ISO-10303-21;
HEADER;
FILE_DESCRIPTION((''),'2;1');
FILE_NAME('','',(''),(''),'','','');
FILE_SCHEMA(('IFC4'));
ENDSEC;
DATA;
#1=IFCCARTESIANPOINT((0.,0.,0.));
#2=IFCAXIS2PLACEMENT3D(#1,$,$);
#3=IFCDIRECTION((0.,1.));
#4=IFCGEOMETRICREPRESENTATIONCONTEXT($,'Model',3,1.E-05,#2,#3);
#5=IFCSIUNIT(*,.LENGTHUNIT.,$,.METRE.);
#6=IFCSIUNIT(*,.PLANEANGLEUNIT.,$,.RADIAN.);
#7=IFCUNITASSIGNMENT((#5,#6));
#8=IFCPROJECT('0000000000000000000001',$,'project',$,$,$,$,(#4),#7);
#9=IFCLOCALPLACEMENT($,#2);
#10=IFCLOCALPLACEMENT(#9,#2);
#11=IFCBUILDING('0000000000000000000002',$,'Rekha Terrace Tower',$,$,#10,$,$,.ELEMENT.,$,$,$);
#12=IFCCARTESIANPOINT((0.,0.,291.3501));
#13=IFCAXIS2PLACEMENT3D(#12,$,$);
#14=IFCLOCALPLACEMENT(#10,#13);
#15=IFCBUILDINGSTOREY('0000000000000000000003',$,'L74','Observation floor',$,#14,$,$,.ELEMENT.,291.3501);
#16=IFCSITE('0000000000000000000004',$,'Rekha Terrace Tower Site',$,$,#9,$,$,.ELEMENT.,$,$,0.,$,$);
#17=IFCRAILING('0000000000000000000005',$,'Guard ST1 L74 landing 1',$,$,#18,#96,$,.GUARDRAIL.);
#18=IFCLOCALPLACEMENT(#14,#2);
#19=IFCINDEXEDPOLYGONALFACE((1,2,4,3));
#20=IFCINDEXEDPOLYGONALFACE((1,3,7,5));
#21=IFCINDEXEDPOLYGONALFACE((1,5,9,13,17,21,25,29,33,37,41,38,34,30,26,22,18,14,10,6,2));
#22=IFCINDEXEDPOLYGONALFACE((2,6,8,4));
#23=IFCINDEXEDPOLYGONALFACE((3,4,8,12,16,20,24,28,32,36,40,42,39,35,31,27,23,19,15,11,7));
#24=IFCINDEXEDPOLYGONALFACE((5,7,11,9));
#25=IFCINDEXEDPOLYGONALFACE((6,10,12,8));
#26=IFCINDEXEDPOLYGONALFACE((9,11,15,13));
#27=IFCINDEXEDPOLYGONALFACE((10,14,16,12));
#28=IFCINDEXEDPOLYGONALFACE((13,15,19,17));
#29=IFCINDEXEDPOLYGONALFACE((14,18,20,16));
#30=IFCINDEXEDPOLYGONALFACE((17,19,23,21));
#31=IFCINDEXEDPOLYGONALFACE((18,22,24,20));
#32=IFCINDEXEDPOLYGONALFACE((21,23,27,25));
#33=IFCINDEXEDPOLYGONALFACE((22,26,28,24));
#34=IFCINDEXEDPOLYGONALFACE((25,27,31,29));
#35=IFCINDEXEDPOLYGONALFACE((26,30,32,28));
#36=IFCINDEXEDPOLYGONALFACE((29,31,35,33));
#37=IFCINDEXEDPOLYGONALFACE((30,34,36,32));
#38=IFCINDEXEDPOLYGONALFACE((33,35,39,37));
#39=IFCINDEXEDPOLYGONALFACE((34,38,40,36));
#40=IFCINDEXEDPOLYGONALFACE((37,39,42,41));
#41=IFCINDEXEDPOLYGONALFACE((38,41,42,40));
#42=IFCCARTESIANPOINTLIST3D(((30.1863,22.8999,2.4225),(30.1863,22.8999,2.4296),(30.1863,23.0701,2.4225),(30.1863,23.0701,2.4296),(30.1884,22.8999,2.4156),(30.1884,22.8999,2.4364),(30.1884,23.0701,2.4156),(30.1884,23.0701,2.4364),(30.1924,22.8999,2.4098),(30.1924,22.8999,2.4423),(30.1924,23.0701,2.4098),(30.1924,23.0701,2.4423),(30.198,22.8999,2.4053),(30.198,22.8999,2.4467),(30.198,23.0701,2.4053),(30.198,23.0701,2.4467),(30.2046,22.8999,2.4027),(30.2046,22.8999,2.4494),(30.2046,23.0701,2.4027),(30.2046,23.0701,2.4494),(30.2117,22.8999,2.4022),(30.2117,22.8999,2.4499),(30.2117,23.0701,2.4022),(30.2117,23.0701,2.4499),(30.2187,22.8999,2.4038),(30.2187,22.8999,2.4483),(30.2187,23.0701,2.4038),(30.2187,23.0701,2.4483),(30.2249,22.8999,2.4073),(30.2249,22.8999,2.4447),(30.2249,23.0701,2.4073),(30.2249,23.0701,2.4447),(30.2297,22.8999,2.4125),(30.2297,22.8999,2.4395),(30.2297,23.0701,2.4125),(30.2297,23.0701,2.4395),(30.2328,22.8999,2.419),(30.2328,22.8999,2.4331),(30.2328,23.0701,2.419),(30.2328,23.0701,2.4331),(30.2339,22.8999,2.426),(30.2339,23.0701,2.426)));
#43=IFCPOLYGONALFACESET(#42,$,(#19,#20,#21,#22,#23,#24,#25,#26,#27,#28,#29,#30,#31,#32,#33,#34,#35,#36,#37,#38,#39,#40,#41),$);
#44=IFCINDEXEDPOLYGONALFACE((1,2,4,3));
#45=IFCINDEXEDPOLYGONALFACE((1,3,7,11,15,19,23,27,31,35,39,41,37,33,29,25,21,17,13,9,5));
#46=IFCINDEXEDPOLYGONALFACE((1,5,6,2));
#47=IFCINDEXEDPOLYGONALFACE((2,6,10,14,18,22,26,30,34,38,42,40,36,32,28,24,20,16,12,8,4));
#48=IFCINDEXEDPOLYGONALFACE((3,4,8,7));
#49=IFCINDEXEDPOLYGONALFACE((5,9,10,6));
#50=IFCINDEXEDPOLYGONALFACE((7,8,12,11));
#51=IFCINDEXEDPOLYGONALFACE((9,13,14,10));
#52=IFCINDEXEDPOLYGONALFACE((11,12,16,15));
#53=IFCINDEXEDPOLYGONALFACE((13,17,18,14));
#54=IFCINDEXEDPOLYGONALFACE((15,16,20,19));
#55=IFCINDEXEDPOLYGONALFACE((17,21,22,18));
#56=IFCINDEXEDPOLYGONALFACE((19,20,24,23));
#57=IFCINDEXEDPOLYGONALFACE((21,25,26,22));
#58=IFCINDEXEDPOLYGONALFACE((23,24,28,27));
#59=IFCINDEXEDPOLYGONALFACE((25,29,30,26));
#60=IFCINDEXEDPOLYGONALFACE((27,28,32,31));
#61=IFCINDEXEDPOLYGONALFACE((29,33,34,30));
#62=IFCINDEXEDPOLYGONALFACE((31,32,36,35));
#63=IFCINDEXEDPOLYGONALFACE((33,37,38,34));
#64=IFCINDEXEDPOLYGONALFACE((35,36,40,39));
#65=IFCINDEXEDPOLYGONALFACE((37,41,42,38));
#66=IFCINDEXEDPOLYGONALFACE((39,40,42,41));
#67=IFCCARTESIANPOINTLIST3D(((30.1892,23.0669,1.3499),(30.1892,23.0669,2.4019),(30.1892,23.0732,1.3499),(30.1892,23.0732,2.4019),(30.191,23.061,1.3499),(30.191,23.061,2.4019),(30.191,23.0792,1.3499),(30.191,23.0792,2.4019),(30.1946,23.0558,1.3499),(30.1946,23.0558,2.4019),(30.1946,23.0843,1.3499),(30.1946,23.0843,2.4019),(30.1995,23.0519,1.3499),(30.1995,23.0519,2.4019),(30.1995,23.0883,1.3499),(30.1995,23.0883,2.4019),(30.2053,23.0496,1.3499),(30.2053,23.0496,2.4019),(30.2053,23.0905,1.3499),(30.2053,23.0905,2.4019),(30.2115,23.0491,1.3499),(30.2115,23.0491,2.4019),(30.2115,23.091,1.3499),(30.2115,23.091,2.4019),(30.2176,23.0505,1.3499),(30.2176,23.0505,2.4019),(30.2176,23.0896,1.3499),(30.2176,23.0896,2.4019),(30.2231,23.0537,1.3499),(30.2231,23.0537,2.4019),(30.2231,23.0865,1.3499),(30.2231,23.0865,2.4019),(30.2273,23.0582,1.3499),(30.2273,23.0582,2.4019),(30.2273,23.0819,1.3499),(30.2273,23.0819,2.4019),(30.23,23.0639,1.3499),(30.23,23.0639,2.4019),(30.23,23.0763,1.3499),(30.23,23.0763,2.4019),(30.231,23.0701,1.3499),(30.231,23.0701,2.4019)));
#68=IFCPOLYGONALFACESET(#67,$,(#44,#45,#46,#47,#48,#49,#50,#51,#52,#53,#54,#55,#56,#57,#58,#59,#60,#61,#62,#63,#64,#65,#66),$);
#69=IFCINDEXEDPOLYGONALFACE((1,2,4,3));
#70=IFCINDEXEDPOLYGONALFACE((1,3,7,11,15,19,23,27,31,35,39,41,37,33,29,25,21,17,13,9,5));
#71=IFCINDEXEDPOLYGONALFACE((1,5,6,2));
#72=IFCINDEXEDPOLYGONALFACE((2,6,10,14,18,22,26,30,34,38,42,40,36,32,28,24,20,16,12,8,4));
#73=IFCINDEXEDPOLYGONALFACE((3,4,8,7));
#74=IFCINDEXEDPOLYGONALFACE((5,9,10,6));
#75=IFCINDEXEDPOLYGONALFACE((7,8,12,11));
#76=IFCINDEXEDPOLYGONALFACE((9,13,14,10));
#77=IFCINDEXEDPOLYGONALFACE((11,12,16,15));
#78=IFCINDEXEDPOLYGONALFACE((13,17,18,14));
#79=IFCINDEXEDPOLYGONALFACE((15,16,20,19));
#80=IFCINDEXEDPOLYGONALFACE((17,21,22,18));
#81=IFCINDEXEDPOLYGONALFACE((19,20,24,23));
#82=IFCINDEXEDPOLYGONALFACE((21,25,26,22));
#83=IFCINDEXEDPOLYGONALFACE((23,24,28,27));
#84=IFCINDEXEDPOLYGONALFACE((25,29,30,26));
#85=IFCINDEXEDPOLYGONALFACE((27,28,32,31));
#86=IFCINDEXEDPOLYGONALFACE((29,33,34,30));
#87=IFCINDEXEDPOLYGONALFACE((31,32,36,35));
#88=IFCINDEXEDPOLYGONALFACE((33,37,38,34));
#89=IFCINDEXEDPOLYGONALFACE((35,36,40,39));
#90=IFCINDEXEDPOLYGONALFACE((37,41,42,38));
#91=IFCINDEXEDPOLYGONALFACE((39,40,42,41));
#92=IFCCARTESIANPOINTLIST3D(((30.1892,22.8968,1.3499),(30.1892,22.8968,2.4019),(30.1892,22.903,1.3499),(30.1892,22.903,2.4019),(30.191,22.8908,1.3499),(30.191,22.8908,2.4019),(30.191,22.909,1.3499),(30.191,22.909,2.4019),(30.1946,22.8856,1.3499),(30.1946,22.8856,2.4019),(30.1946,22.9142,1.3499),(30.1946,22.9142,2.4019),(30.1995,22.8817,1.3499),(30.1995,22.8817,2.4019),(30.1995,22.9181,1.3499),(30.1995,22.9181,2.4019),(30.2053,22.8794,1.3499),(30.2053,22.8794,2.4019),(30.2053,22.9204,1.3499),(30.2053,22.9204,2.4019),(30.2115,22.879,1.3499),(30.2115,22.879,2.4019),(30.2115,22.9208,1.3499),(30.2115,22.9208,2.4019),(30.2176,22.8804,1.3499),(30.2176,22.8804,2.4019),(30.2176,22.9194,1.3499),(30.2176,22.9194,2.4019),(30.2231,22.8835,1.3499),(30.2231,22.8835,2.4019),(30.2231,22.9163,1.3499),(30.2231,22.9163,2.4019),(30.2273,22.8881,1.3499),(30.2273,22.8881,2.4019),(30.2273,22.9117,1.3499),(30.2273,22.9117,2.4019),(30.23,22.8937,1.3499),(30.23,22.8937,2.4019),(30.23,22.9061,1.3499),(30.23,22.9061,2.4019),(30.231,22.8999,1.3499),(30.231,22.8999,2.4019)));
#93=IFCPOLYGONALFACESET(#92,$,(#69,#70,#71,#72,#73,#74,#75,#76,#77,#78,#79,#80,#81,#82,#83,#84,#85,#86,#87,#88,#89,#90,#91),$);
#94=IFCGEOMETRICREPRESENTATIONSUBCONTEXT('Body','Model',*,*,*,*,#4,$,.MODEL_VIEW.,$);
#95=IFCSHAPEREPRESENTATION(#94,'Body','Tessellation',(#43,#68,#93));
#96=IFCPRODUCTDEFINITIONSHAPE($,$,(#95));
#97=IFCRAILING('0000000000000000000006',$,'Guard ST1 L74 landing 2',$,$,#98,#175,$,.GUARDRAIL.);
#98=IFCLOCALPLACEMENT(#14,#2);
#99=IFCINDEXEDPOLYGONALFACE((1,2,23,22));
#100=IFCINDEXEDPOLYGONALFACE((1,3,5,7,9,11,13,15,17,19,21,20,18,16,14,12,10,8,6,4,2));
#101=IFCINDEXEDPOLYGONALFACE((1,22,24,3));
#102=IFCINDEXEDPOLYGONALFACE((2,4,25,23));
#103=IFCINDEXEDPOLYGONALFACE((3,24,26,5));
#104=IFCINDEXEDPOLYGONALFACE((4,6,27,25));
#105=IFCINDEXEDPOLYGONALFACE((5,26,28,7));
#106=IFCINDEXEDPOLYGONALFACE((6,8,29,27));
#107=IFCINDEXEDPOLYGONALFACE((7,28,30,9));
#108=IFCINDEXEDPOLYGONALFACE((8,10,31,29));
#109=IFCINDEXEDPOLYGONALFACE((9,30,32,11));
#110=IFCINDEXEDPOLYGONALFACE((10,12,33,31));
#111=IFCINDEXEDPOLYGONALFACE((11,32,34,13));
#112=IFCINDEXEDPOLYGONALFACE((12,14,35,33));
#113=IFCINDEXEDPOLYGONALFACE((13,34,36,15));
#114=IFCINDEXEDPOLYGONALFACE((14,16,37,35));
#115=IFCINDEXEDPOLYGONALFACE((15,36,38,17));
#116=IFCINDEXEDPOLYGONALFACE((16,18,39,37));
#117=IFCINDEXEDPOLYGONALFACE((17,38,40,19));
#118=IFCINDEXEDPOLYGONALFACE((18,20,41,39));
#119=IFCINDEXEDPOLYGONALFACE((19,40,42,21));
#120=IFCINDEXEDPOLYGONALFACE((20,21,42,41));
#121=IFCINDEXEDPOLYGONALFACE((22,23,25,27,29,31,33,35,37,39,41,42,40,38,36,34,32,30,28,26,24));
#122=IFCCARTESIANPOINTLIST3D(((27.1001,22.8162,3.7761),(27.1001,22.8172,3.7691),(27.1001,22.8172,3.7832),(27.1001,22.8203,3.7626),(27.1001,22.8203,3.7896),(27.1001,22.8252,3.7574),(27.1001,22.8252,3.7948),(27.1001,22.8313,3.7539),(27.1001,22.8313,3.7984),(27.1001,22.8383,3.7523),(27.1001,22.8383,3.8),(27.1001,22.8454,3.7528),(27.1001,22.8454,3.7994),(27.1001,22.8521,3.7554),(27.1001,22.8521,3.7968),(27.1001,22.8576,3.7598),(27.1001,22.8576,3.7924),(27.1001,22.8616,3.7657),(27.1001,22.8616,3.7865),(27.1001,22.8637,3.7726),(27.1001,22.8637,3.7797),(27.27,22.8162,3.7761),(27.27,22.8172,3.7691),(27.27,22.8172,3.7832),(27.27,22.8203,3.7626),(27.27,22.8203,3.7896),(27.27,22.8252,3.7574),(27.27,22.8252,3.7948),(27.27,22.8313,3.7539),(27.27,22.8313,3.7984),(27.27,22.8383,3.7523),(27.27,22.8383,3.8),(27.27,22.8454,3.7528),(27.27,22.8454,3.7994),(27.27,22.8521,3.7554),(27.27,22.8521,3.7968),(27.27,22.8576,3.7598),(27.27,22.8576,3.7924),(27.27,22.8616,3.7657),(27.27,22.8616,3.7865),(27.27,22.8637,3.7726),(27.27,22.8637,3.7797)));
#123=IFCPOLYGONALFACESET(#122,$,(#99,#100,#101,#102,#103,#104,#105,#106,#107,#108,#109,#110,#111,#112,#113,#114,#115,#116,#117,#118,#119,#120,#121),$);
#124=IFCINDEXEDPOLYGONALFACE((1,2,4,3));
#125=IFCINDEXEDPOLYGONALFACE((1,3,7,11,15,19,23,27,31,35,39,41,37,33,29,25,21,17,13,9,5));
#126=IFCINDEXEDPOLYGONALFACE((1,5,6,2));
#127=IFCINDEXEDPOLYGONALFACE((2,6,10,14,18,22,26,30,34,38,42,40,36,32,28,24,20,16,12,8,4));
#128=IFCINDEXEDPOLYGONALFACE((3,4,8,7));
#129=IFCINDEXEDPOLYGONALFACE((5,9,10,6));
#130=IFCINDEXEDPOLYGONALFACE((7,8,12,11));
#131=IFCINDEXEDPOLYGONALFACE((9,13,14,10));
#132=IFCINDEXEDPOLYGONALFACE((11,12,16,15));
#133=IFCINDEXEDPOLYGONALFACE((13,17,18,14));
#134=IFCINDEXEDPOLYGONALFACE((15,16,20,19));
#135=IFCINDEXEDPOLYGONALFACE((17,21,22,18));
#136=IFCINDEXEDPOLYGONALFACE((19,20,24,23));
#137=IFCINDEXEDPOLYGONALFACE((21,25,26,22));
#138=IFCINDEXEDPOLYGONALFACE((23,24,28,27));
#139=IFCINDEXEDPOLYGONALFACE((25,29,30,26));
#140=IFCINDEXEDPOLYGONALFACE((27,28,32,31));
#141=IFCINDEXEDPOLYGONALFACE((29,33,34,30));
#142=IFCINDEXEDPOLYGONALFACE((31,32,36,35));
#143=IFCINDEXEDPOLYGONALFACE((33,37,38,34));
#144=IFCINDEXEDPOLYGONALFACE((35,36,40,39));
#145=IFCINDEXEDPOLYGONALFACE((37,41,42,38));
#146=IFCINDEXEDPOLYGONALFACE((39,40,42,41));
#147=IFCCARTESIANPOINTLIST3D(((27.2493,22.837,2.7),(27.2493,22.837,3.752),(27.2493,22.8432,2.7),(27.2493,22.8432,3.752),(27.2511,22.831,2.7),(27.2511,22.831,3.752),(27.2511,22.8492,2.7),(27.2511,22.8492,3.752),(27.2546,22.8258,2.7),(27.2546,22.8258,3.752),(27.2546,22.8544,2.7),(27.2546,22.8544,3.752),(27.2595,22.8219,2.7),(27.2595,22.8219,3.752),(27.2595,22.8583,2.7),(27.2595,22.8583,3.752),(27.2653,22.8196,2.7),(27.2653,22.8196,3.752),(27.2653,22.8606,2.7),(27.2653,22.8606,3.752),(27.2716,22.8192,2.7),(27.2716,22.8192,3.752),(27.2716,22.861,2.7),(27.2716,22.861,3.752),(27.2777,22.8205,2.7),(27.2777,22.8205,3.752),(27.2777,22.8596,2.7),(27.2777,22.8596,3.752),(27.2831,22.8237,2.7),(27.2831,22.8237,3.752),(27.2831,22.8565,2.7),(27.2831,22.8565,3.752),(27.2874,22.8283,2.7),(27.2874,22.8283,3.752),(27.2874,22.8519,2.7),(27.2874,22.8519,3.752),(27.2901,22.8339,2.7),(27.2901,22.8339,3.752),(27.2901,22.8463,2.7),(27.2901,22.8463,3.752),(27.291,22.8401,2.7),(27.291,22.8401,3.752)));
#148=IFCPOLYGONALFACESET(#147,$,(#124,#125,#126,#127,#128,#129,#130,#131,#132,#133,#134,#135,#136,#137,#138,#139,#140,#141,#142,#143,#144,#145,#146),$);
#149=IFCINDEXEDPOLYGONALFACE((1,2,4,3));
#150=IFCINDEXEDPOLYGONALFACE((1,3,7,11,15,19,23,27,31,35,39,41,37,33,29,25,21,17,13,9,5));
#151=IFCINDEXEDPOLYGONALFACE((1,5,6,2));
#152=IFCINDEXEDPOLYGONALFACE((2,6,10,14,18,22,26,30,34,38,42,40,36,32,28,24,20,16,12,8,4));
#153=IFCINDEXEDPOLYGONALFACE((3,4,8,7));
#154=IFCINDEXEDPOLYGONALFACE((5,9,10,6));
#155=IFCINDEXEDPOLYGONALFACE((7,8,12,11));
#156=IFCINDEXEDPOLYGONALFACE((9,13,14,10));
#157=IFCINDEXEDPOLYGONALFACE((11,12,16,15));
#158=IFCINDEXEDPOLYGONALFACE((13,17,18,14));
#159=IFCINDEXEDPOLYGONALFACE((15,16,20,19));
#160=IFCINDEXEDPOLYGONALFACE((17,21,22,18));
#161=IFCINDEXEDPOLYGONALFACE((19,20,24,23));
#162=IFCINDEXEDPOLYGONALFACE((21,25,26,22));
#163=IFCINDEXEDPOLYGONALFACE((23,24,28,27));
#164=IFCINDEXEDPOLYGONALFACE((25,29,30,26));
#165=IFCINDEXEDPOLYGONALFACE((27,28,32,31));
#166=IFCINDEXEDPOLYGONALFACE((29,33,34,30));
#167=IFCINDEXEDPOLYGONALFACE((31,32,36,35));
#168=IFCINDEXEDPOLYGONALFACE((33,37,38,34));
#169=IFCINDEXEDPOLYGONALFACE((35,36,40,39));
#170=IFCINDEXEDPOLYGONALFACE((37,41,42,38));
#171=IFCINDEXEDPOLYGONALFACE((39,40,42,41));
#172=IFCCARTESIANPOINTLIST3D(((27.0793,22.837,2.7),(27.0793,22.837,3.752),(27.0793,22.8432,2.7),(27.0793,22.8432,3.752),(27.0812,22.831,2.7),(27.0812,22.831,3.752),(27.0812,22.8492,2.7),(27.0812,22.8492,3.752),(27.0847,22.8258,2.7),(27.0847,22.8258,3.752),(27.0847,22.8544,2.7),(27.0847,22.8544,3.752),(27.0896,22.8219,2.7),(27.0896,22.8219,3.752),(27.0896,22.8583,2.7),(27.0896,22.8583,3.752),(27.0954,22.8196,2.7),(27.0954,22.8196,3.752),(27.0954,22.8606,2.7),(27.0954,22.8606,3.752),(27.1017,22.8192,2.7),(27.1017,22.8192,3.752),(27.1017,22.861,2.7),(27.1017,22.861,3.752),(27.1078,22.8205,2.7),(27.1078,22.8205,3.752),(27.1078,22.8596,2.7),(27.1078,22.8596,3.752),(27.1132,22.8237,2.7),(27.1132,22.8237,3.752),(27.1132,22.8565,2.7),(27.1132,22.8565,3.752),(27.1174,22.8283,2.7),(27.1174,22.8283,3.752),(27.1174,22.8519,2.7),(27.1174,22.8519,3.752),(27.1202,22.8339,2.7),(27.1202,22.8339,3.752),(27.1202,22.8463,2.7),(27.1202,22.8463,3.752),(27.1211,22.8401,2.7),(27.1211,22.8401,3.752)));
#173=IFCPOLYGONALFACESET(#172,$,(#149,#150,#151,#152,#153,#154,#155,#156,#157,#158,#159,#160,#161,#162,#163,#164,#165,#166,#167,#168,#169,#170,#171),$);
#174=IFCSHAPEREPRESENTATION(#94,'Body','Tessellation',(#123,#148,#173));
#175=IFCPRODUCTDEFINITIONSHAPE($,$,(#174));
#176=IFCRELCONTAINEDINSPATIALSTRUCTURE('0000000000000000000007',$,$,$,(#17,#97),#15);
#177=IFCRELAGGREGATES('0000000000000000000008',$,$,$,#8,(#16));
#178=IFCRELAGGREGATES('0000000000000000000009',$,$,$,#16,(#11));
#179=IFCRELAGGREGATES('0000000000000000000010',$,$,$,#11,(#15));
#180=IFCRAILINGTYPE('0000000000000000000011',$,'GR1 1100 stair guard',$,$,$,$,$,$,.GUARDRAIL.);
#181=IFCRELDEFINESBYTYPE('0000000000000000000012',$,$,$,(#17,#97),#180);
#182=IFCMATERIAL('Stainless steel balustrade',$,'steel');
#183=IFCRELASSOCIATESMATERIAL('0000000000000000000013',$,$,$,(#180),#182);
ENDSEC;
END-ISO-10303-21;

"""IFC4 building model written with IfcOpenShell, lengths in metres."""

from ifc_helpers import new_model, si_unit, direction, frame, origin, origin_2d, place, context, subcontext, project, spatial, circle, extrude, material, type_object, element, save


model = new_model("IFC4")

# Units and contexts
model_context = context("Model", 3, precision=1e-05, world=origin(), true_north=direction((0.0, 1.0)))
body_context = subcontext(model_context, "Body", "Model", "MODEL_VIEW")
ifc_project = project(units=[si_unit("LENGTHUNIT", "METRE"), si_unit("PLANEANGLEUNIT", "RADIAN")], contexts=[model_context])

# Site, building, storey
site_placement = place(None, origin())
site = spatial("IfcSite", under=ifc_project, at=site_placement, Name="Rekha Terrace Tower Site", CompositionType="ELEMENT", RefElevation=0.0)
building_placement = place(site_placement, origin())
building = spatial("IfcBuilding", under=site, at=building_placement, Name="Rekha Terrace Tower", CompositionType="ELEMENT")
storey_placement = place(building_placement, frame((0.0, 0.0, 291.3501)))
storey = spatial("IfcBuildingStorey", under=building, at=storey_placement, Name="L74", Description="Observation floor", CompositionType="ELEMENT", Elevation=291.3501)

# Railings
ifc_material_1 = material(Name="Stainless steel balustrade", Category="steel")
railing_type_1 = type_object("IfcRailingType", Name="GR1 1100 stair guard", PredefinedType="GUARDRAIL", material=ifc_material_1)
railing_1_placement = place(storey_placement, frame((30.21, 23.0701, 1.3499)))
element("IfcRailing", 1, at=railing_1_placement, inside=storey, type_object=railing_type_1, Name="Guard ST1 L74 landing 1", PredefinedType="GUARDRAIL", context=body_context, shape_type="SweptSolid", body=[
    extrude(circle(Radius=0.0239, at=origin_2d()), frame((0.0, 0.0, 1.0762), z_axis=(0.0, -1.0, 0.0), x_axis=(1.0, 0.0, 0.0)), (0.0, 0.0, 1.0), 0.1702),
    extrude(circle(Radius=0.021, at=origin_2d()), origin(), (0.0, 0.0, 1.0), 1.052),
    extrude(circle(Radius=0.021, at=origin_2d()), frame((0.0, -0.1702, 0.0)), (0.0, 0.0, 1.0), 1.052),
])
railing_2_placement = place(storey_placement, frame((27.27, 22.8401, 2.7)))
element("IfcRailing", 2, at=railing_2_placement, inside=storey, type_object=railing_type_1, Name="Guard ST1 L74 landing 2", PredefinedType="GUARDRAIL", context=body_context, shape_type="SweptSolid", body=[
    extrude(circle(Radius=0.0239, at=origin_2d()), frame((0.0, 0.0, 1.0762), z_axis=(-1.0, 0.0, 0.0), x_axis=(0.0, -1.0, 0.0)), (0.0, 0.0, 1.0), 0.1699),
    extrude(circle(Radius=0.021, at=origin_2d()), origin(), (0.0, 0.0, 1.0), 1.052),
    extrude(circle(Radius=0.021, at=origin_2d()), frame((-0.1699, 0.0, 0.0)), (0.0, 0.0, 1.0), 1.052),
])

save(model, "model.ifc")
